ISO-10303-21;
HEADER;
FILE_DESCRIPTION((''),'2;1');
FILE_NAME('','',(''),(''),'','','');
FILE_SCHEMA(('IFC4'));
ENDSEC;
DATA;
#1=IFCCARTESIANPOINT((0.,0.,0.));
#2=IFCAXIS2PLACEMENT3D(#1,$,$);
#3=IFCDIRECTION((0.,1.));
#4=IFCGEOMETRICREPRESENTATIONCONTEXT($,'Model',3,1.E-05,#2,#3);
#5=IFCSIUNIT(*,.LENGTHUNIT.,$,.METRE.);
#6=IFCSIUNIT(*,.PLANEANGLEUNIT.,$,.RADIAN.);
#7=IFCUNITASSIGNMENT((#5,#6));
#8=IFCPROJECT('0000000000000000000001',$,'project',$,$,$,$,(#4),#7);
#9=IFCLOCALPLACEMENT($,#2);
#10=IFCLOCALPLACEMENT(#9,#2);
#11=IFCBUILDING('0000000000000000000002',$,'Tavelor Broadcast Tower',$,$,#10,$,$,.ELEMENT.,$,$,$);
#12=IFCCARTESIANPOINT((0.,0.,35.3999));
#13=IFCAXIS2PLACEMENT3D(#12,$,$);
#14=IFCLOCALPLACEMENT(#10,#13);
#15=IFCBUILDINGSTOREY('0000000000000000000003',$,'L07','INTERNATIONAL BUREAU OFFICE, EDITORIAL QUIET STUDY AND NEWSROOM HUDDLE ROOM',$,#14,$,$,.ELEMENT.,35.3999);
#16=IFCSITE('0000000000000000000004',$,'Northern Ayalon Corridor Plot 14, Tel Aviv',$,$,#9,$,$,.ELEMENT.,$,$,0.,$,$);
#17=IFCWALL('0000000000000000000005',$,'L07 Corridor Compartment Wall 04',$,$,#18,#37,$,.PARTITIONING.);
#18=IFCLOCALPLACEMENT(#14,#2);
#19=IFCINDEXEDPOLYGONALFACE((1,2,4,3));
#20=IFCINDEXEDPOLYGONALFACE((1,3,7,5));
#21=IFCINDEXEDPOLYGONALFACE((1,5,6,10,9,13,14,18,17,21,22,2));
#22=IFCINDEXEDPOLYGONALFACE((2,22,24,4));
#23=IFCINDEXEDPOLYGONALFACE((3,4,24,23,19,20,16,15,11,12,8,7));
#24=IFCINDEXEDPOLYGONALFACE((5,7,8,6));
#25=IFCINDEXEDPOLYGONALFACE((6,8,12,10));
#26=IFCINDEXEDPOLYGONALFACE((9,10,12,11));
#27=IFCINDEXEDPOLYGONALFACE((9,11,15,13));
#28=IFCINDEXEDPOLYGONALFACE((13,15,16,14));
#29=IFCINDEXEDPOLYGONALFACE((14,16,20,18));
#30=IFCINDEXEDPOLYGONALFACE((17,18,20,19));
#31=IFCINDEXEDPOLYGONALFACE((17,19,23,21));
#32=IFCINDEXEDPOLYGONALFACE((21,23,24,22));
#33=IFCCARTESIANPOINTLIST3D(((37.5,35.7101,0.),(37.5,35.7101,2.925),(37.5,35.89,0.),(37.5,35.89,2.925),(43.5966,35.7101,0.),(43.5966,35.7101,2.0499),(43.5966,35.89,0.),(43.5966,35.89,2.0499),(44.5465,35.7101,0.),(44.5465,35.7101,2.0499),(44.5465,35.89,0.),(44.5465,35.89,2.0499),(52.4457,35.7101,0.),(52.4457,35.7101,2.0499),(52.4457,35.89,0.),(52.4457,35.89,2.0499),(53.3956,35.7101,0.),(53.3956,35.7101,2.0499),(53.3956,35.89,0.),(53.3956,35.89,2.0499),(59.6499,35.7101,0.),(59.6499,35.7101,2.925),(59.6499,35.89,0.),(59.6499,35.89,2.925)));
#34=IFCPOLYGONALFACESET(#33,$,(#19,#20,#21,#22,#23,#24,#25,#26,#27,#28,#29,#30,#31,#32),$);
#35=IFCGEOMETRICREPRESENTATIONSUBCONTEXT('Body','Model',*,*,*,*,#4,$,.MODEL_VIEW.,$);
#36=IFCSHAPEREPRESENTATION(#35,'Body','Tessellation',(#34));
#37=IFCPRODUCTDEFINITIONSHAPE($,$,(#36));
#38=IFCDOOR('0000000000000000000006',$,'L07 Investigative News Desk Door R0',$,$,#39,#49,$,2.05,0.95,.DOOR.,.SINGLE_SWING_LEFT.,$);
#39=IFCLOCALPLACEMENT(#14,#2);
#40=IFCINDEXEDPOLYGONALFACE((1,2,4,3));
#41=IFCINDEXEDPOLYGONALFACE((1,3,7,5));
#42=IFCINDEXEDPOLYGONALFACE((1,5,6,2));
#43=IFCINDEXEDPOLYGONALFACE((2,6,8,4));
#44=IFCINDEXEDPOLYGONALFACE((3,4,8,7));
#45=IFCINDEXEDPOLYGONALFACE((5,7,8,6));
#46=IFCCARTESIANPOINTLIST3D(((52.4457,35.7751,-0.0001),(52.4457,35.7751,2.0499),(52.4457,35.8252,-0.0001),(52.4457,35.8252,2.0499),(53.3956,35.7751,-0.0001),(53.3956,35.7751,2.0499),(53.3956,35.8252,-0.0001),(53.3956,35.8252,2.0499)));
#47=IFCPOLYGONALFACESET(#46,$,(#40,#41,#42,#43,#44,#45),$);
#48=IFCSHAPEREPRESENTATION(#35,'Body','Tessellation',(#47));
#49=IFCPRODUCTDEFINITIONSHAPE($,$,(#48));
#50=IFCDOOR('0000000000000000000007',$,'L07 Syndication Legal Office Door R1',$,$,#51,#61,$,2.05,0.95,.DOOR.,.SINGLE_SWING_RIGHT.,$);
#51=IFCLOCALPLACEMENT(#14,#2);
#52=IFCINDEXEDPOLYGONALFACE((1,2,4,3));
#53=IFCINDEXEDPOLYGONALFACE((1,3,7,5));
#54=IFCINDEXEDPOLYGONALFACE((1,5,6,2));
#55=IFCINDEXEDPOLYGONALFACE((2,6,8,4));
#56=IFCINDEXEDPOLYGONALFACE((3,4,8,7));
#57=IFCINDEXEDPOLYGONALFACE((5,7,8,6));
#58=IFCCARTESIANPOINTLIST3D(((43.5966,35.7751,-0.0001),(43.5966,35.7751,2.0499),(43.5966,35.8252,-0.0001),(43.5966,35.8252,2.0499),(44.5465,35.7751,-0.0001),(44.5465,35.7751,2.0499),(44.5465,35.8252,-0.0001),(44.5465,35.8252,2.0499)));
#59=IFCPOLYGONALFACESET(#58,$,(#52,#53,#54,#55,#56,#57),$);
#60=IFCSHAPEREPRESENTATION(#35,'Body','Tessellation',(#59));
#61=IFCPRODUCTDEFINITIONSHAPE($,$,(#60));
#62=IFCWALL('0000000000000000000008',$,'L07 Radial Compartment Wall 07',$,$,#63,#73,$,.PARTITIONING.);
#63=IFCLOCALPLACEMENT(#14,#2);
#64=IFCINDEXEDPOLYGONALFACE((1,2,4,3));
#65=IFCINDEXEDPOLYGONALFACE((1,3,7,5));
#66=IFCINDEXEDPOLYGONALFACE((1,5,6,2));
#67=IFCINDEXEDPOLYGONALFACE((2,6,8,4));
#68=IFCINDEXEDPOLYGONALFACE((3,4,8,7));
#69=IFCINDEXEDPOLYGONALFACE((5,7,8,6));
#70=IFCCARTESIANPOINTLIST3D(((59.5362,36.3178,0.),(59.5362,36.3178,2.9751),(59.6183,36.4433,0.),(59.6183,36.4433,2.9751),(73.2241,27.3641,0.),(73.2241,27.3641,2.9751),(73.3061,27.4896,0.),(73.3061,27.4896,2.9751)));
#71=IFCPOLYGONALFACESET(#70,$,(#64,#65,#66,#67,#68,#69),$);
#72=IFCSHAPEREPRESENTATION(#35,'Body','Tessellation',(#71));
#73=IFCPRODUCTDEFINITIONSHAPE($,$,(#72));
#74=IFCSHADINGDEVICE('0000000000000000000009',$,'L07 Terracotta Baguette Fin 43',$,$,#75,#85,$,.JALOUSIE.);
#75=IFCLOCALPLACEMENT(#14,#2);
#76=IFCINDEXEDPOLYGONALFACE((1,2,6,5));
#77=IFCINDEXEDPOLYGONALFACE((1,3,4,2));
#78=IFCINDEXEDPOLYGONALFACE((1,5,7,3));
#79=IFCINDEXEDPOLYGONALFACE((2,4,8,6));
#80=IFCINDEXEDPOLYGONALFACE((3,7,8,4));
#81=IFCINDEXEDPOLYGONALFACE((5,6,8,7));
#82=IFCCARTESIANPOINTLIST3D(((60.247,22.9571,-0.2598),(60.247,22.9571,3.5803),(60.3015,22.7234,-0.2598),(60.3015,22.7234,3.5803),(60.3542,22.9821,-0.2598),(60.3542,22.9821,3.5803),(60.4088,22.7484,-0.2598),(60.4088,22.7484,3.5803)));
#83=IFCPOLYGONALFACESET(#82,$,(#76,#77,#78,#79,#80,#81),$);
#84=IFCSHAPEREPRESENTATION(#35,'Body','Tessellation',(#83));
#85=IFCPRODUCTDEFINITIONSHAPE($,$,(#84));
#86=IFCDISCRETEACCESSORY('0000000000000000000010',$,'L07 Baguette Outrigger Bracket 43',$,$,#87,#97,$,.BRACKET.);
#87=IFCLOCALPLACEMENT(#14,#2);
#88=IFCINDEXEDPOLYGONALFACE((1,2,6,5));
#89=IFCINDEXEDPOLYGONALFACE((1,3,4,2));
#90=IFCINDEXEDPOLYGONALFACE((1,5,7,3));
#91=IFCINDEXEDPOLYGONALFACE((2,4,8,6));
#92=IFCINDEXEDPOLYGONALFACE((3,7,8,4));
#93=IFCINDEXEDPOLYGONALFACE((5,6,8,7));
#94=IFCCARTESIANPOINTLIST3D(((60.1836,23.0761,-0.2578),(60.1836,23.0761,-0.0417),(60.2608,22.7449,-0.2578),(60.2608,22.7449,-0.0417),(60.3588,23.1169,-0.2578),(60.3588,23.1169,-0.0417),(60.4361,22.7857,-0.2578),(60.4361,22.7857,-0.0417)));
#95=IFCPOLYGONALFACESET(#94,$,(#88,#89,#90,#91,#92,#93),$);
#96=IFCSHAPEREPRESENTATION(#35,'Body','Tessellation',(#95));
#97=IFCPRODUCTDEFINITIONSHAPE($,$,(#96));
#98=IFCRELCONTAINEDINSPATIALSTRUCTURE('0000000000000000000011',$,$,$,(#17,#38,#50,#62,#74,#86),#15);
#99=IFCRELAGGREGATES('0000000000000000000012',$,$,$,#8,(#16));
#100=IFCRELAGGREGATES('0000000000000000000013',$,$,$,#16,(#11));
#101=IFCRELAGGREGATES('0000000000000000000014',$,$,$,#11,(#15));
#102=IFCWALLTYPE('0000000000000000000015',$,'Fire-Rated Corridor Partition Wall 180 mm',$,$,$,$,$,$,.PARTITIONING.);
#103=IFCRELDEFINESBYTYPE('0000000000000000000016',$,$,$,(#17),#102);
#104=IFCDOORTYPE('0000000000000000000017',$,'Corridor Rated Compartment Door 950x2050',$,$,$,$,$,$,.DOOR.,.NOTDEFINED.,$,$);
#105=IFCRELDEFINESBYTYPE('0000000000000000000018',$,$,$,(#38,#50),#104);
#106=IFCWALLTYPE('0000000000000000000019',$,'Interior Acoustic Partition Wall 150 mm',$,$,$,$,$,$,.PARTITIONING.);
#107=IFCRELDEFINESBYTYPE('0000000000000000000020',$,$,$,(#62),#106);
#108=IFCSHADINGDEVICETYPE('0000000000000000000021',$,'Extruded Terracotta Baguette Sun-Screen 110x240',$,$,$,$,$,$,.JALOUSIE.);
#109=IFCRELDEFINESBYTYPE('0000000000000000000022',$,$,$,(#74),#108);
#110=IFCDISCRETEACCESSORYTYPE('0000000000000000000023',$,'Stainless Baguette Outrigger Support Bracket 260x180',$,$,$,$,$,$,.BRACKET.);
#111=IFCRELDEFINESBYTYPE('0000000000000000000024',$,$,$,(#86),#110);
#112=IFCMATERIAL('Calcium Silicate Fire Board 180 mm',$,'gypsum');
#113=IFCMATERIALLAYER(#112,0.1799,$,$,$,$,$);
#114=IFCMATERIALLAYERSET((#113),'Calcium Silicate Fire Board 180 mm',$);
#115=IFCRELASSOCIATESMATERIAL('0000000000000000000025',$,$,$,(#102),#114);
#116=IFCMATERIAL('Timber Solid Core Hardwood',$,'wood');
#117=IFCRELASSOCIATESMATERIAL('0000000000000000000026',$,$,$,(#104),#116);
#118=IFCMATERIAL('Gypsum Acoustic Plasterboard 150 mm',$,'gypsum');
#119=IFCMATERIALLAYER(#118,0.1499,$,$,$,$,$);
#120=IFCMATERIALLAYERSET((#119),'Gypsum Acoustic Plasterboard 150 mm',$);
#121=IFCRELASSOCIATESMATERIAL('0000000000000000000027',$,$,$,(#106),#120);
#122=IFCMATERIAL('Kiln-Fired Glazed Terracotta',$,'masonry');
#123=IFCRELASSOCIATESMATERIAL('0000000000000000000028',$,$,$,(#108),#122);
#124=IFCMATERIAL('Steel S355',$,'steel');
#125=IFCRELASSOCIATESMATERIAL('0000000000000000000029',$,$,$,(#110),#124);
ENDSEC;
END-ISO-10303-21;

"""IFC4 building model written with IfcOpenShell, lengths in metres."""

from ifc_helpers import new_model, si_unit, direction, frame, frame_2d, origin, origin_2d, place, context, subcontext, project, spatial, rectangle, extrude, source, transform, mapped, material, layer, layer_set, type_object, type_shapes, element, fill, save


model = new_model("IFC4")

# Units and contexts
model_context = context("Model", 3, precision=1e-05, world=origin(), true_north=direction((0.0, 1.0)))
body_context = subcontext(model_context, "Body", "Model", "MODEL_VIEW")
ifc_project = project(units=[si_unit("LENGTHUNIT", "METRE"), si_unit("PLANEANGLEUNIT", "RADIAN")], contexts=[model_context])

# Site, building, storey
site_placement = place(None, origin())
site = spatial("IfcSite", under=ifc_project, at=site_placement, Name="Northern Ayalon Corridor Plot 14, Tel Aviv", CompositionType="ELEMENT", RefElevation=0.0)
building_placement = place(site_placement, origin())
building = spatial("IfcBuilding", under=site, at=building_placement, Name="Tavelor Broadcast Tower", CompositionType="ELEMENT")
storey_placement = place(building_placement, frame((0.0, 0.0, 35.3999)))
storey = spatial("IfcBuildingStorey", under=building, at=storey_placement, Name="L07", Description="INTERNATIONAL BUREAU OFFICE, EDITORIAL QUIET STUDY AND NEWSROOM HUDDLE ROOM", CompositionType="ELEMENT", Elevation=35.3999)

# Shared definitions
ifc_material_1 = material(Name="Steel S355", Category="steel")

# Wall, openings, doors
ifc_material_2 = material(Name="Calcium Silicate Fire Board 180 mm", Category="gypsum")
ifc_layer_1 = layer(ifc_material_2, 0.1799)
ifc_layer_set_1 = layer_set([ifc_layer_1], Name="Calcium Silicate Fire Board 180 mm")
wall_type_1 = type_object("IfcWallType", Name="Fire-Rated Corridor Partition Wall 180 mm", PredefinedType="PARTITIONING", material=ifc_layer_set_1)
wall_1_placement = place(storey_placement, frame((59.6499, 35.8, 0.0), z_axis=(0.0, 0.0, 1.0), x_axis=(-1.0, 0.0, 0.0)))
wall_1 = element("IfcWall", 1, at=wall_1_placement, inside=storey, type_object=wall_type_1, Name="L07 Corridor Compartment Wall 04", PredefinedType="PARTITIONING", context=body_context, shape_type="SweptSolid", body=[
    extrude(rectangle(XDim=22.1499, YDim=0.1799, at=frame_2d((11.075, 0.0))), origin(), (0.0, 0.0, 1.0), 2.925),
])
opening_1_placement = place(wall_1_placement, frame((6.2542, 0.0, 0.0)))
opening_1 = element("IfcOpeningElement", 2, at=opening_1_placement, cuts=wall_1, PredefinedType="OPENING", context=body_context, shape_type="SweptSolid", body=[
    extrude(rectangle(XDim=0.95, YDim=2.05, at=frame_2d((0.4751, 1.0249))), frame((0.0, 0.1001, 0.0), z_axis=(0.0, -1.0, 0.0), x_axis=(1.0, 0.0, 0.0)), (0.0, 0.0, 1.0), 0.2),
])
opening_2_placement = place(wall_1_placement, frame((15.1033, 0.0, 0.0)))
opening_2 = element("IfcOpeningElement", 3, at=opening_2_placement, cuts=wall_1, PredefinedType="OPENING", context=body_context, shape_type="SweptSolid", body=[
    extrude(rectangle(XDim=0.95, YDim=2.05, at=frame_2d((0.4751, 1.0249))), frame((0.0, 0.1001, 0.0), z_axis=(0.0, -1.0, 0.0), x_axis=(1.0, 0.0, 0.0)), (0.0, 0.0, 1.0), 0.2),
])
ifc_material_3 = material(Name="Timber Solid Core Hardwood", Category="wood")
door_type_1 = type_object("IfcDoorType", Name="Corridor Rated Compartment Door 950x2050", OperationType="NOTDEFINED", PredefinedType="DOOR", material=ifc_material_3)
door_1_placement = place(opening_1_placement, origin())
door_1 = element("IfcDoor", 4, at=door_1_placement, inside=storey, type_object=door_type_1, Name="L07 Investigative News Desk Door R0", OperationType="SINGLE_SWING_LEFT", OverallHeight=2.05, OverallWidth=0.95, PredefinedType="DOOR", context=body_context, shape_type="SweptSolid", body=[
    extrude(rectangle(XDim=0.95, YDim=2.05, at=frame_2d((0.4751, 1.0249))), frame((0.0, 0.0249, 0.0), z_axis=(0.0, -1.0, 0.0), x_axis=(1.0, 0.0, 0.0)), (0.0, 0.0, 1.0), 0.05),
])
fill(opening_1, door_1)
door_2_placement = place(opening_2_placement, origin())
door_2 = element("IfcDoor", 5, at=door_2_placement, inside=storey, type_object=door_type_1, Name="L07 Syndication Legal Office Door R1", OperationType="SINGLE_SWING_RIGHT", OverallHeight=2.05, OverallWidth=0.95, PredefinedType="DOOR", context=body_context, shape_type="SweptSolid", body=[
    extrude(rectangle(XDim=0.95, YDim=2.05, at=frame_2d((0.4751, 1.0249))), frame((0.0, 0.0249, 0.0), z_axis=(0.0, -1.0, 0.0), x_axis=(1.0, 0.0, 0.0)), (0.0, 0.0, 1.0), 0.05),
])
fill(opening_2, door_2)

# Wall
ifc_material_4 = material(Name="Gypsum Acoustic Plasterboard 150 mm", Category="gypsum")
ifc_layer_2 = layer(ifc_material_4, 0.1499)
ifc_layer_set_2 = layer_set([ifc_layer_2], Name="Gypsum Acoustic Plasterboard 150 mm")
wall_type_2 = type_object("IfcWallType", Name="Interior Acoustic Partition Wall 150 mm", PredefinedType="PARTITIONING", material=ifc_layer_set_2)
wall_2_placement = place(storey_placement, frame((59.5771, 36.3806, 0.0), z_axis=(0.0, 0.0, 1.0), x_axis=(0.836859, -0.547418, 0.0)))
element("IfcWall", 6, at=wall_2_placement, inside=storey, type_object=wall_type_2, Name="L07 Radial Compartment Wall 07", PredefinedType="PARTITIONING", context=body_context, shape_type="SweptSolid", body=[
    extrude(rectangle(XDim=16.3562, YDim=0.1499, at=frame_2d((8.1782, 0.0))), origin(), (0.0, 0.0, 1.0), 2.9751),
])

# Shading device
ifc_material_5 = material(Name="Kiln-Fired Glazed Terracotta", Category="masonry")
shading_device_type = type_object("IfcShadingDeviceType", Name="Extruded Terracotta Baguette Sun-Screen 110x240", PredefinedType="JALOUSIE", material=ifc_material_5)
shared_shape_1 = source(origin(), body_context, "Body", "SweptSolid", [
    extrude(rectangle(XDim=0.1101, YDim=0.24, at=origin_2d()), origin(), (0.0, 0.0, 1.0), 3.8401),
])
type_shapes(shading_device_type, [shared_shape_1])
shading_device_placement = place(storey_placement, frame((60.3279, 22.8528, -0.2598), z_axis=(0.0, 0.0, 1.0), x_axis=(0.973857, 0.227161, 0.0)))
element("IfcShadingDevice", 7, at=shading_device_placement, inside=storey, type_object=shading_device_type, Name="L07 Terracotta Baguette Fin 43", PredefinedType="JALOUSIE", context=body_context, shape_type="MappedRepresentation", body=[
    mapped(shared_shape_1, transform((0.0, 0.0, 0.0), scale=1.0)),
])

# Discrete accessory
discrete_accessory_type = type_object("IfcDiscreteAccessoryType", Name="Stainless Baguette Outrigger Support Bracket 260x180", PredefinedType="BRACKET", material=ifc_material_1)
shared_shape_2 = source(origin(), body_context, "Body", "SweptSolid", [
    extrude(rectangle(XDim=0.1799, YDim=0.3401, at=origin_2d()), origin(), (0.0, 0.0, 1.0), 0.2161),
])
type_shapes(discrete_accessory_type, [shared_shape_2])
discrete_accessory_placement = place(storey_placement, frame((60.3098, 22.9309, -0.2578), z_axis=(0.0, 0.0, 1.0), x_axis=(0.973857, 0.227161, 0.0)))
element("IfcDiscreteAccessory", 8, at=discrete_accessory_placement, inside=storey, type_object=discrete_accessory_type, Name="L07 Baguette Outrigger Bracket 43", PredefinedType="BRACKET", context=body_context, shape_type="MappedRepresentation", body=[
    mapped(shared_shape_2, transform((0.0, 0.0, 0.0), scale=1.0)),
])

save(model, "model.ifc")
